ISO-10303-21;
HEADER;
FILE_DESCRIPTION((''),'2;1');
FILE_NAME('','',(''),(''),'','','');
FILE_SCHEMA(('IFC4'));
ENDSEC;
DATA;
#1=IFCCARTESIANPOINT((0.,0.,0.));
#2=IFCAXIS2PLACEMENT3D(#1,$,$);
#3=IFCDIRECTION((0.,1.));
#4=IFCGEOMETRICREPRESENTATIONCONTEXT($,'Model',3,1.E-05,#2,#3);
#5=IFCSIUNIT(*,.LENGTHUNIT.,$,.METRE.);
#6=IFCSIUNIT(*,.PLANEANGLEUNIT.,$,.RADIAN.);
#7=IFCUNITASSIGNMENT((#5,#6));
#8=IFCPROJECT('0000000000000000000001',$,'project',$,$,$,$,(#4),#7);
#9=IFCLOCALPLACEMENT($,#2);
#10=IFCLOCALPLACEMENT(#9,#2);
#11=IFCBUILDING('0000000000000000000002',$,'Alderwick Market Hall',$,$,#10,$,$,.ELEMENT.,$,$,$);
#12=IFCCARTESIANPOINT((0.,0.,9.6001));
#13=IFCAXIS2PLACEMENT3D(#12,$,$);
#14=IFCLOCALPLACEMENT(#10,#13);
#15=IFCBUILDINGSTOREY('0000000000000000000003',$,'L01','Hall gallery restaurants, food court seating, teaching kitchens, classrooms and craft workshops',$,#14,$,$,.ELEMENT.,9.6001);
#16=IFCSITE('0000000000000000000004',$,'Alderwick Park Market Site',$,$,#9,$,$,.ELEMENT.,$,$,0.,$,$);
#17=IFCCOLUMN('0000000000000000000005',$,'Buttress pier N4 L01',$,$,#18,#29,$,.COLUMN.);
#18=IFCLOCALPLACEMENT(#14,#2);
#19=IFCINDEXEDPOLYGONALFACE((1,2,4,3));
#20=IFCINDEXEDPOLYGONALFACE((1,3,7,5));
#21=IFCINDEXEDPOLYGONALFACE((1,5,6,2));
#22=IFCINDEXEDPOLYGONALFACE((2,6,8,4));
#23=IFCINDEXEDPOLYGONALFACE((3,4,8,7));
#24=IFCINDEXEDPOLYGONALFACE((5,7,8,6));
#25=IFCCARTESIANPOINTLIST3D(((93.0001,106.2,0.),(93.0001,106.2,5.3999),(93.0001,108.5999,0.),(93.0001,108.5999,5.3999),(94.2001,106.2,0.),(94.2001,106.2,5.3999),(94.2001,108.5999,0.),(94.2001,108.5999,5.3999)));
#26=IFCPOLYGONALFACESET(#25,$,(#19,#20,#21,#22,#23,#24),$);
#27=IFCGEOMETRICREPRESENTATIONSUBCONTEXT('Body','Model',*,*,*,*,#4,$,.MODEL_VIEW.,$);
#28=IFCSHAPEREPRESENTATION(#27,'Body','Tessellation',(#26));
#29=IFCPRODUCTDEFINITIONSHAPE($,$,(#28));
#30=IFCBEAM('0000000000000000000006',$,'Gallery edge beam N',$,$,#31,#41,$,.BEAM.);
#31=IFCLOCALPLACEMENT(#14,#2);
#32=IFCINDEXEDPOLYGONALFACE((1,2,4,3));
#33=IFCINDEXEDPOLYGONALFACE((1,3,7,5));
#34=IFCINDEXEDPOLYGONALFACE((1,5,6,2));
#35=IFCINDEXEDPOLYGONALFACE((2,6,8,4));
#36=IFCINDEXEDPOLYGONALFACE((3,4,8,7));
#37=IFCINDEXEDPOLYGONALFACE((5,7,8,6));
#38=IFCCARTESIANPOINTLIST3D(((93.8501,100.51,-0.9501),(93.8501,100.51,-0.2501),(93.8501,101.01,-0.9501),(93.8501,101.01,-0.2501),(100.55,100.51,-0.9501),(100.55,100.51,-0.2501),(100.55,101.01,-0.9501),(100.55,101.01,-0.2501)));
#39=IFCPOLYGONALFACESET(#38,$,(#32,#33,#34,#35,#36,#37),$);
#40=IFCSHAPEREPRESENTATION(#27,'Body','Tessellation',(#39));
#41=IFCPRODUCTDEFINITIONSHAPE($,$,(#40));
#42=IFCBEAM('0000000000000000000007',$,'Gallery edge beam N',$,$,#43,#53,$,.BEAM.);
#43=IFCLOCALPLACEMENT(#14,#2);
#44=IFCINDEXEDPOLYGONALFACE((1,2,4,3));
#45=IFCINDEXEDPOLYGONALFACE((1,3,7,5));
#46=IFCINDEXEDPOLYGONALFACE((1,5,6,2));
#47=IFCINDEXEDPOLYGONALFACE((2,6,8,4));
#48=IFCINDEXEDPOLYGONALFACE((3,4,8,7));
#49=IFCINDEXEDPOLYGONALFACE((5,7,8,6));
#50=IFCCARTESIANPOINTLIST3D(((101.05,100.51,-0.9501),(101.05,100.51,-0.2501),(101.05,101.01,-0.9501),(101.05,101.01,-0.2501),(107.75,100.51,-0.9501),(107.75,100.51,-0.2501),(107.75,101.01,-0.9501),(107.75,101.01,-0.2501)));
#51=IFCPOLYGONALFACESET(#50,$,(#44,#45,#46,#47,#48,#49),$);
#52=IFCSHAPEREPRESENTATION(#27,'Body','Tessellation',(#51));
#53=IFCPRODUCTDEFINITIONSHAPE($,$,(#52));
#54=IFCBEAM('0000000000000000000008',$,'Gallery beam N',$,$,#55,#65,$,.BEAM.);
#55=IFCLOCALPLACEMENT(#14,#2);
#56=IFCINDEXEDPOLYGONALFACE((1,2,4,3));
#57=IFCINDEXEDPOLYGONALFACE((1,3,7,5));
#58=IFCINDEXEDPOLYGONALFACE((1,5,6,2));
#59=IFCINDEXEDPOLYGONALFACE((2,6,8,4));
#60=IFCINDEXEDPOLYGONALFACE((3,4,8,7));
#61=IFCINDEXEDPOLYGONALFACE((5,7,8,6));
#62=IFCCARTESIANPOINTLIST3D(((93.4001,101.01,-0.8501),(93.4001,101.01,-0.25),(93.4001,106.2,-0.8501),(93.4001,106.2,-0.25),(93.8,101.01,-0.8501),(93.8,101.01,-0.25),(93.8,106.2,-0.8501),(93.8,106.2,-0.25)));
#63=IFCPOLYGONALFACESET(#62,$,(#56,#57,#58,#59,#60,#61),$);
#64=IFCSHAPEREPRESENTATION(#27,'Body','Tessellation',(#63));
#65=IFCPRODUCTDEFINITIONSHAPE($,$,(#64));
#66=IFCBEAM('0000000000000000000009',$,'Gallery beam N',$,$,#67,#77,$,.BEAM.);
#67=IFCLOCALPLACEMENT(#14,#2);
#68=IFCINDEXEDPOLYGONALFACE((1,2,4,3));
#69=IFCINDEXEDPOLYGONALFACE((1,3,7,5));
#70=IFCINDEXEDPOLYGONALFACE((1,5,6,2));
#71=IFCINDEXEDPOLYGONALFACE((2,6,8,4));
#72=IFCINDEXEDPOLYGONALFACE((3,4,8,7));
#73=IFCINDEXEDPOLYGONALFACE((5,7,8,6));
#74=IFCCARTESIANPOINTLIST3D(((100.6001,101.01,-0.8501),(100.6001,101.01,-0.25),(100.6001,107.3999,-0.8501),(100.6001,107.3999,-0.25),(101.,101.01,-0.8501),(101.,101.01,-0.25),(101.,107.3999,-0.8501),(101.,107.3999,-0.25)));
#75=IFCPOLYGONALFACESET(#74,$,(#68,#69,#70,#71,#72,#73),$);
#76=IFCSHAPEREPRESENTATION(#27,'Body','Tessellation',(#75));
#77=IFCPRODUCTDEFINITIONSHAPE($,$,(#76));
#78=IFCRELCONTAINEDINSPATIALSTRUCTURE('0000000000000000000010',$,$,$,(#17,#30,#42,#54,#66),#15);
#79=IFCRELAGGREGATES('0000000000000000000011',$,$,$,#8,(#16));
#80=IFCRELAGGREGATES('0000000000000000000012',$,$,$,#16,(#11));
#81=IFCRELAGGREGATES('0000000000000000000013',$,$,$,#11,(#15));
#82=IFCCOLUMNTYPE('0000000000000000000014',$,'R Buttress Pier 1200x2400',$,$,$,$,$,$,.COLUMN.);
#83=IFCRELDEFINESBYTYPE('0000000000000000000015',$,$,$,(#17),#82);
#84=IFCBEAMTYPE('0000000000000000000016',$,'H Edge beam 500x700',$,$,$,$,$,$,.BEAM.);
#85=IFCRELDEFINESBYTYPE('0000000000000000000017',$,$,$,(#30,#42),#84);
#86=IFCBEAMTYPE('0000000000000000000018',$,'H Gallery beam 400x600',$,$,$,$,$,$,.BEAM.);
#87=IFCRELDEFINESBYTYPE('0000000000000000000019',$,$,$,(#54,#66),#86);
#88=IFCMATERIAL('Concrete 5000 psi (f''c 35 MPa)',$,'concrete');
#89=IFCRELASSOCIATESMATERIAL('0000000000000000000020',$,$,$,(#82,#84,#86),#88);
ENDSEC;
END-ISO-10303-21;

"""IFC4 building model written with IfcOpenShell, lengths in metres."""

from ifc_helpers import new_model, si_unit, direction, frame, origin, origin_2d, place, context, subcontext, project, spatial, rectangle, extrude, material, material_profile, profile_set, type_object, element, save


model = new_model("IFC4")

# Units and contexts
model_context = context("Model", 3, precision=1e-05, world=origin(), true_north=direction((0.0, 1.0)))
body_context = subcontext(model_context, "Body", "Model", "MODEL_VIEW")
ifc_project = project(units=[si_unit("LENGTHUNIT", "METRE"), si_unit("PLANEANGLEUNIT", "RADIAN")], contexts=[model_context])

# Site, building, storey
site_placement = place(None, origin())
site = spatial("IfcSite", under=ifc_project, at=site_placement, Name="Alderwick Park Market Site", CompositionType="ELEMENT", RefElevation=0.0)
building_placement = place(site_placement, origin())
building = spatial("IfcBuilding", under=site, at=building_placement, Name="Alderwick Market Hall", CompositionType="ELEMENT")
storey_placement = place(building_placement, frame((0.0, 0.0, 9.6001)))
storey = spatial("IfcBuildingStorey", under=building, at=storey_placement, Name="L01", Description="Hall gallery restaurants, food court seating, teaching kitchens, classrooms and craft workshops", CompositionType="ELEMENT", Elevation=9.6001)

# Column
ifc_material_1 = material(Name="Concrete 5000 psi (f'c 35 MPa)", Category="concrete")
ifc_material_profile_1 = material_profile(ifc_material_1, rectangle(XDim=1.2, YDim=2.3999, at=origin_2d()), Name="RC 1200x2400")
ifc_profile_set_1 = profile_set([ifc_material_profile_1], Name="Concrete 5000 psi (f'c 35 MPa)")
column_type = type_object("IfcColumnType", Name="R Buttress Pier 1200x2400", PredefinedType="COLUMN", material=ifc_profile_set_1)
column_placement = place(storey_placement, frame((93.6001, 107.3999, 0.0), z_axis=(0.0, 0.0, 1.0), x_axis=(1.0, 0.0, 0.0)))
element("IfcColumn", 1, at=column_placement, inside=storey, type_object=column_type, Name="Buttress pier N4 L01", PredefinedType="COLUMN", context=body_context, shape_type="SweptSolid", body=[
    extrude(rectangle(XDim=1.2, YDim=2.3999, at=origin_2d()), origin(), (0.0, 0.0, 1.0), 5.3999),
])

# Beams
ifc_material_profile_2 = material_profile(ifc_material_1, rectangle(XDim=0.5, YDim=0.7, at=origin_2d()), Name="RC 500x700")
ifc_profile_set_2 = profile_set([ifc_material_profile_2], Name="Concrete 5000 psi (f'c 35 MPa)")
beam_type_1 = type_object("IfcBeamType", Name="H Edge beam 500x700", PredefinedType="BEAM", material=ifc_profile_set_2)
for number, where, z_axis, x_axis, name in (
    (2, (93.8501, 100.76, -0.6001), (1.0, 0.0, 0.0), (0.0, 1.0, 0.0), "Gallery edge beam N"),
    (3, (101.05, 100.76, -0.6001), (1.0, 0.0, 0.0), (0.0, 1.0, 0.0), "Gallery edge beam N"),
):
    element("IfcBeam", number, at=place(storey_placement, frame(where, z_axis=z_axis, x_axis=x_axis)), inside=storey, type_object=beam_type_1, Name=name, PredefinedType="BEAM", context=body_context, shape_type="SweptSolid", body=[
        extrude(rectangle(XDim=0.5, YDim=0.7, at=origin_2d()), origin(), (0.0, 0.0, 1.0), 6.7),
    ])
ifc_material_profile_3 = material_profile(ifc_material_1, rectangle(XDim=0.3999, YDim=0.6001, at=origin_2d()), Name="RC 400x600")
ifc_profile_set_3 = profile_set([ifc_material_profile_3], Name="Concrete 5000 psi (f'c 35 MPa)")
beam_type_2 = type_object("IfcBeamType", Name="H Gallery beam 400x600", PredefinedType="BEAM", material=ifc_profile_set_3)
beam_1_placement = place(storey_placement, frame((93.6001, 106.2, -0.55), z_axis=(0.0, -1.0, 0.0), x_axis=(1.0, 0.0, 0.0)))
element("IfcBeam", 4, at=beam_1_placement, inside=storey, type_object=beam_type_2, Name="Gallery beam N", PredefinedType="BEAM", context=body_context, shape_type="SweptSolid", body=[
    extrude(rectangle(XDim=0.3999, YDim=0.6001, at=origin_2d()), origin(), (0.0, 0.0, 1.0), 5.1899),
])
beam_2_placement = place(storey_placement, frame((100.8, 107.3999, -0.55), z_axis=(0.0, -1.0, 0.0), x_axis=(1.0, 0.0, 0.0)))
element("IfcBeam", 5, at=beam_2_placement, inside=storey, type_object=beam_type_2, Name="Gallery beam N", PredefinedType="BEAM", context=body_context, shape_type="SweptSolid", body=[
    extrude(rectangle(XDim=0.3999, YDim=0.6001, at=origin_2d()), origin(), (0.0, 0.0, 1.0), 6.3899),
])

save(model, "model.ifc")
